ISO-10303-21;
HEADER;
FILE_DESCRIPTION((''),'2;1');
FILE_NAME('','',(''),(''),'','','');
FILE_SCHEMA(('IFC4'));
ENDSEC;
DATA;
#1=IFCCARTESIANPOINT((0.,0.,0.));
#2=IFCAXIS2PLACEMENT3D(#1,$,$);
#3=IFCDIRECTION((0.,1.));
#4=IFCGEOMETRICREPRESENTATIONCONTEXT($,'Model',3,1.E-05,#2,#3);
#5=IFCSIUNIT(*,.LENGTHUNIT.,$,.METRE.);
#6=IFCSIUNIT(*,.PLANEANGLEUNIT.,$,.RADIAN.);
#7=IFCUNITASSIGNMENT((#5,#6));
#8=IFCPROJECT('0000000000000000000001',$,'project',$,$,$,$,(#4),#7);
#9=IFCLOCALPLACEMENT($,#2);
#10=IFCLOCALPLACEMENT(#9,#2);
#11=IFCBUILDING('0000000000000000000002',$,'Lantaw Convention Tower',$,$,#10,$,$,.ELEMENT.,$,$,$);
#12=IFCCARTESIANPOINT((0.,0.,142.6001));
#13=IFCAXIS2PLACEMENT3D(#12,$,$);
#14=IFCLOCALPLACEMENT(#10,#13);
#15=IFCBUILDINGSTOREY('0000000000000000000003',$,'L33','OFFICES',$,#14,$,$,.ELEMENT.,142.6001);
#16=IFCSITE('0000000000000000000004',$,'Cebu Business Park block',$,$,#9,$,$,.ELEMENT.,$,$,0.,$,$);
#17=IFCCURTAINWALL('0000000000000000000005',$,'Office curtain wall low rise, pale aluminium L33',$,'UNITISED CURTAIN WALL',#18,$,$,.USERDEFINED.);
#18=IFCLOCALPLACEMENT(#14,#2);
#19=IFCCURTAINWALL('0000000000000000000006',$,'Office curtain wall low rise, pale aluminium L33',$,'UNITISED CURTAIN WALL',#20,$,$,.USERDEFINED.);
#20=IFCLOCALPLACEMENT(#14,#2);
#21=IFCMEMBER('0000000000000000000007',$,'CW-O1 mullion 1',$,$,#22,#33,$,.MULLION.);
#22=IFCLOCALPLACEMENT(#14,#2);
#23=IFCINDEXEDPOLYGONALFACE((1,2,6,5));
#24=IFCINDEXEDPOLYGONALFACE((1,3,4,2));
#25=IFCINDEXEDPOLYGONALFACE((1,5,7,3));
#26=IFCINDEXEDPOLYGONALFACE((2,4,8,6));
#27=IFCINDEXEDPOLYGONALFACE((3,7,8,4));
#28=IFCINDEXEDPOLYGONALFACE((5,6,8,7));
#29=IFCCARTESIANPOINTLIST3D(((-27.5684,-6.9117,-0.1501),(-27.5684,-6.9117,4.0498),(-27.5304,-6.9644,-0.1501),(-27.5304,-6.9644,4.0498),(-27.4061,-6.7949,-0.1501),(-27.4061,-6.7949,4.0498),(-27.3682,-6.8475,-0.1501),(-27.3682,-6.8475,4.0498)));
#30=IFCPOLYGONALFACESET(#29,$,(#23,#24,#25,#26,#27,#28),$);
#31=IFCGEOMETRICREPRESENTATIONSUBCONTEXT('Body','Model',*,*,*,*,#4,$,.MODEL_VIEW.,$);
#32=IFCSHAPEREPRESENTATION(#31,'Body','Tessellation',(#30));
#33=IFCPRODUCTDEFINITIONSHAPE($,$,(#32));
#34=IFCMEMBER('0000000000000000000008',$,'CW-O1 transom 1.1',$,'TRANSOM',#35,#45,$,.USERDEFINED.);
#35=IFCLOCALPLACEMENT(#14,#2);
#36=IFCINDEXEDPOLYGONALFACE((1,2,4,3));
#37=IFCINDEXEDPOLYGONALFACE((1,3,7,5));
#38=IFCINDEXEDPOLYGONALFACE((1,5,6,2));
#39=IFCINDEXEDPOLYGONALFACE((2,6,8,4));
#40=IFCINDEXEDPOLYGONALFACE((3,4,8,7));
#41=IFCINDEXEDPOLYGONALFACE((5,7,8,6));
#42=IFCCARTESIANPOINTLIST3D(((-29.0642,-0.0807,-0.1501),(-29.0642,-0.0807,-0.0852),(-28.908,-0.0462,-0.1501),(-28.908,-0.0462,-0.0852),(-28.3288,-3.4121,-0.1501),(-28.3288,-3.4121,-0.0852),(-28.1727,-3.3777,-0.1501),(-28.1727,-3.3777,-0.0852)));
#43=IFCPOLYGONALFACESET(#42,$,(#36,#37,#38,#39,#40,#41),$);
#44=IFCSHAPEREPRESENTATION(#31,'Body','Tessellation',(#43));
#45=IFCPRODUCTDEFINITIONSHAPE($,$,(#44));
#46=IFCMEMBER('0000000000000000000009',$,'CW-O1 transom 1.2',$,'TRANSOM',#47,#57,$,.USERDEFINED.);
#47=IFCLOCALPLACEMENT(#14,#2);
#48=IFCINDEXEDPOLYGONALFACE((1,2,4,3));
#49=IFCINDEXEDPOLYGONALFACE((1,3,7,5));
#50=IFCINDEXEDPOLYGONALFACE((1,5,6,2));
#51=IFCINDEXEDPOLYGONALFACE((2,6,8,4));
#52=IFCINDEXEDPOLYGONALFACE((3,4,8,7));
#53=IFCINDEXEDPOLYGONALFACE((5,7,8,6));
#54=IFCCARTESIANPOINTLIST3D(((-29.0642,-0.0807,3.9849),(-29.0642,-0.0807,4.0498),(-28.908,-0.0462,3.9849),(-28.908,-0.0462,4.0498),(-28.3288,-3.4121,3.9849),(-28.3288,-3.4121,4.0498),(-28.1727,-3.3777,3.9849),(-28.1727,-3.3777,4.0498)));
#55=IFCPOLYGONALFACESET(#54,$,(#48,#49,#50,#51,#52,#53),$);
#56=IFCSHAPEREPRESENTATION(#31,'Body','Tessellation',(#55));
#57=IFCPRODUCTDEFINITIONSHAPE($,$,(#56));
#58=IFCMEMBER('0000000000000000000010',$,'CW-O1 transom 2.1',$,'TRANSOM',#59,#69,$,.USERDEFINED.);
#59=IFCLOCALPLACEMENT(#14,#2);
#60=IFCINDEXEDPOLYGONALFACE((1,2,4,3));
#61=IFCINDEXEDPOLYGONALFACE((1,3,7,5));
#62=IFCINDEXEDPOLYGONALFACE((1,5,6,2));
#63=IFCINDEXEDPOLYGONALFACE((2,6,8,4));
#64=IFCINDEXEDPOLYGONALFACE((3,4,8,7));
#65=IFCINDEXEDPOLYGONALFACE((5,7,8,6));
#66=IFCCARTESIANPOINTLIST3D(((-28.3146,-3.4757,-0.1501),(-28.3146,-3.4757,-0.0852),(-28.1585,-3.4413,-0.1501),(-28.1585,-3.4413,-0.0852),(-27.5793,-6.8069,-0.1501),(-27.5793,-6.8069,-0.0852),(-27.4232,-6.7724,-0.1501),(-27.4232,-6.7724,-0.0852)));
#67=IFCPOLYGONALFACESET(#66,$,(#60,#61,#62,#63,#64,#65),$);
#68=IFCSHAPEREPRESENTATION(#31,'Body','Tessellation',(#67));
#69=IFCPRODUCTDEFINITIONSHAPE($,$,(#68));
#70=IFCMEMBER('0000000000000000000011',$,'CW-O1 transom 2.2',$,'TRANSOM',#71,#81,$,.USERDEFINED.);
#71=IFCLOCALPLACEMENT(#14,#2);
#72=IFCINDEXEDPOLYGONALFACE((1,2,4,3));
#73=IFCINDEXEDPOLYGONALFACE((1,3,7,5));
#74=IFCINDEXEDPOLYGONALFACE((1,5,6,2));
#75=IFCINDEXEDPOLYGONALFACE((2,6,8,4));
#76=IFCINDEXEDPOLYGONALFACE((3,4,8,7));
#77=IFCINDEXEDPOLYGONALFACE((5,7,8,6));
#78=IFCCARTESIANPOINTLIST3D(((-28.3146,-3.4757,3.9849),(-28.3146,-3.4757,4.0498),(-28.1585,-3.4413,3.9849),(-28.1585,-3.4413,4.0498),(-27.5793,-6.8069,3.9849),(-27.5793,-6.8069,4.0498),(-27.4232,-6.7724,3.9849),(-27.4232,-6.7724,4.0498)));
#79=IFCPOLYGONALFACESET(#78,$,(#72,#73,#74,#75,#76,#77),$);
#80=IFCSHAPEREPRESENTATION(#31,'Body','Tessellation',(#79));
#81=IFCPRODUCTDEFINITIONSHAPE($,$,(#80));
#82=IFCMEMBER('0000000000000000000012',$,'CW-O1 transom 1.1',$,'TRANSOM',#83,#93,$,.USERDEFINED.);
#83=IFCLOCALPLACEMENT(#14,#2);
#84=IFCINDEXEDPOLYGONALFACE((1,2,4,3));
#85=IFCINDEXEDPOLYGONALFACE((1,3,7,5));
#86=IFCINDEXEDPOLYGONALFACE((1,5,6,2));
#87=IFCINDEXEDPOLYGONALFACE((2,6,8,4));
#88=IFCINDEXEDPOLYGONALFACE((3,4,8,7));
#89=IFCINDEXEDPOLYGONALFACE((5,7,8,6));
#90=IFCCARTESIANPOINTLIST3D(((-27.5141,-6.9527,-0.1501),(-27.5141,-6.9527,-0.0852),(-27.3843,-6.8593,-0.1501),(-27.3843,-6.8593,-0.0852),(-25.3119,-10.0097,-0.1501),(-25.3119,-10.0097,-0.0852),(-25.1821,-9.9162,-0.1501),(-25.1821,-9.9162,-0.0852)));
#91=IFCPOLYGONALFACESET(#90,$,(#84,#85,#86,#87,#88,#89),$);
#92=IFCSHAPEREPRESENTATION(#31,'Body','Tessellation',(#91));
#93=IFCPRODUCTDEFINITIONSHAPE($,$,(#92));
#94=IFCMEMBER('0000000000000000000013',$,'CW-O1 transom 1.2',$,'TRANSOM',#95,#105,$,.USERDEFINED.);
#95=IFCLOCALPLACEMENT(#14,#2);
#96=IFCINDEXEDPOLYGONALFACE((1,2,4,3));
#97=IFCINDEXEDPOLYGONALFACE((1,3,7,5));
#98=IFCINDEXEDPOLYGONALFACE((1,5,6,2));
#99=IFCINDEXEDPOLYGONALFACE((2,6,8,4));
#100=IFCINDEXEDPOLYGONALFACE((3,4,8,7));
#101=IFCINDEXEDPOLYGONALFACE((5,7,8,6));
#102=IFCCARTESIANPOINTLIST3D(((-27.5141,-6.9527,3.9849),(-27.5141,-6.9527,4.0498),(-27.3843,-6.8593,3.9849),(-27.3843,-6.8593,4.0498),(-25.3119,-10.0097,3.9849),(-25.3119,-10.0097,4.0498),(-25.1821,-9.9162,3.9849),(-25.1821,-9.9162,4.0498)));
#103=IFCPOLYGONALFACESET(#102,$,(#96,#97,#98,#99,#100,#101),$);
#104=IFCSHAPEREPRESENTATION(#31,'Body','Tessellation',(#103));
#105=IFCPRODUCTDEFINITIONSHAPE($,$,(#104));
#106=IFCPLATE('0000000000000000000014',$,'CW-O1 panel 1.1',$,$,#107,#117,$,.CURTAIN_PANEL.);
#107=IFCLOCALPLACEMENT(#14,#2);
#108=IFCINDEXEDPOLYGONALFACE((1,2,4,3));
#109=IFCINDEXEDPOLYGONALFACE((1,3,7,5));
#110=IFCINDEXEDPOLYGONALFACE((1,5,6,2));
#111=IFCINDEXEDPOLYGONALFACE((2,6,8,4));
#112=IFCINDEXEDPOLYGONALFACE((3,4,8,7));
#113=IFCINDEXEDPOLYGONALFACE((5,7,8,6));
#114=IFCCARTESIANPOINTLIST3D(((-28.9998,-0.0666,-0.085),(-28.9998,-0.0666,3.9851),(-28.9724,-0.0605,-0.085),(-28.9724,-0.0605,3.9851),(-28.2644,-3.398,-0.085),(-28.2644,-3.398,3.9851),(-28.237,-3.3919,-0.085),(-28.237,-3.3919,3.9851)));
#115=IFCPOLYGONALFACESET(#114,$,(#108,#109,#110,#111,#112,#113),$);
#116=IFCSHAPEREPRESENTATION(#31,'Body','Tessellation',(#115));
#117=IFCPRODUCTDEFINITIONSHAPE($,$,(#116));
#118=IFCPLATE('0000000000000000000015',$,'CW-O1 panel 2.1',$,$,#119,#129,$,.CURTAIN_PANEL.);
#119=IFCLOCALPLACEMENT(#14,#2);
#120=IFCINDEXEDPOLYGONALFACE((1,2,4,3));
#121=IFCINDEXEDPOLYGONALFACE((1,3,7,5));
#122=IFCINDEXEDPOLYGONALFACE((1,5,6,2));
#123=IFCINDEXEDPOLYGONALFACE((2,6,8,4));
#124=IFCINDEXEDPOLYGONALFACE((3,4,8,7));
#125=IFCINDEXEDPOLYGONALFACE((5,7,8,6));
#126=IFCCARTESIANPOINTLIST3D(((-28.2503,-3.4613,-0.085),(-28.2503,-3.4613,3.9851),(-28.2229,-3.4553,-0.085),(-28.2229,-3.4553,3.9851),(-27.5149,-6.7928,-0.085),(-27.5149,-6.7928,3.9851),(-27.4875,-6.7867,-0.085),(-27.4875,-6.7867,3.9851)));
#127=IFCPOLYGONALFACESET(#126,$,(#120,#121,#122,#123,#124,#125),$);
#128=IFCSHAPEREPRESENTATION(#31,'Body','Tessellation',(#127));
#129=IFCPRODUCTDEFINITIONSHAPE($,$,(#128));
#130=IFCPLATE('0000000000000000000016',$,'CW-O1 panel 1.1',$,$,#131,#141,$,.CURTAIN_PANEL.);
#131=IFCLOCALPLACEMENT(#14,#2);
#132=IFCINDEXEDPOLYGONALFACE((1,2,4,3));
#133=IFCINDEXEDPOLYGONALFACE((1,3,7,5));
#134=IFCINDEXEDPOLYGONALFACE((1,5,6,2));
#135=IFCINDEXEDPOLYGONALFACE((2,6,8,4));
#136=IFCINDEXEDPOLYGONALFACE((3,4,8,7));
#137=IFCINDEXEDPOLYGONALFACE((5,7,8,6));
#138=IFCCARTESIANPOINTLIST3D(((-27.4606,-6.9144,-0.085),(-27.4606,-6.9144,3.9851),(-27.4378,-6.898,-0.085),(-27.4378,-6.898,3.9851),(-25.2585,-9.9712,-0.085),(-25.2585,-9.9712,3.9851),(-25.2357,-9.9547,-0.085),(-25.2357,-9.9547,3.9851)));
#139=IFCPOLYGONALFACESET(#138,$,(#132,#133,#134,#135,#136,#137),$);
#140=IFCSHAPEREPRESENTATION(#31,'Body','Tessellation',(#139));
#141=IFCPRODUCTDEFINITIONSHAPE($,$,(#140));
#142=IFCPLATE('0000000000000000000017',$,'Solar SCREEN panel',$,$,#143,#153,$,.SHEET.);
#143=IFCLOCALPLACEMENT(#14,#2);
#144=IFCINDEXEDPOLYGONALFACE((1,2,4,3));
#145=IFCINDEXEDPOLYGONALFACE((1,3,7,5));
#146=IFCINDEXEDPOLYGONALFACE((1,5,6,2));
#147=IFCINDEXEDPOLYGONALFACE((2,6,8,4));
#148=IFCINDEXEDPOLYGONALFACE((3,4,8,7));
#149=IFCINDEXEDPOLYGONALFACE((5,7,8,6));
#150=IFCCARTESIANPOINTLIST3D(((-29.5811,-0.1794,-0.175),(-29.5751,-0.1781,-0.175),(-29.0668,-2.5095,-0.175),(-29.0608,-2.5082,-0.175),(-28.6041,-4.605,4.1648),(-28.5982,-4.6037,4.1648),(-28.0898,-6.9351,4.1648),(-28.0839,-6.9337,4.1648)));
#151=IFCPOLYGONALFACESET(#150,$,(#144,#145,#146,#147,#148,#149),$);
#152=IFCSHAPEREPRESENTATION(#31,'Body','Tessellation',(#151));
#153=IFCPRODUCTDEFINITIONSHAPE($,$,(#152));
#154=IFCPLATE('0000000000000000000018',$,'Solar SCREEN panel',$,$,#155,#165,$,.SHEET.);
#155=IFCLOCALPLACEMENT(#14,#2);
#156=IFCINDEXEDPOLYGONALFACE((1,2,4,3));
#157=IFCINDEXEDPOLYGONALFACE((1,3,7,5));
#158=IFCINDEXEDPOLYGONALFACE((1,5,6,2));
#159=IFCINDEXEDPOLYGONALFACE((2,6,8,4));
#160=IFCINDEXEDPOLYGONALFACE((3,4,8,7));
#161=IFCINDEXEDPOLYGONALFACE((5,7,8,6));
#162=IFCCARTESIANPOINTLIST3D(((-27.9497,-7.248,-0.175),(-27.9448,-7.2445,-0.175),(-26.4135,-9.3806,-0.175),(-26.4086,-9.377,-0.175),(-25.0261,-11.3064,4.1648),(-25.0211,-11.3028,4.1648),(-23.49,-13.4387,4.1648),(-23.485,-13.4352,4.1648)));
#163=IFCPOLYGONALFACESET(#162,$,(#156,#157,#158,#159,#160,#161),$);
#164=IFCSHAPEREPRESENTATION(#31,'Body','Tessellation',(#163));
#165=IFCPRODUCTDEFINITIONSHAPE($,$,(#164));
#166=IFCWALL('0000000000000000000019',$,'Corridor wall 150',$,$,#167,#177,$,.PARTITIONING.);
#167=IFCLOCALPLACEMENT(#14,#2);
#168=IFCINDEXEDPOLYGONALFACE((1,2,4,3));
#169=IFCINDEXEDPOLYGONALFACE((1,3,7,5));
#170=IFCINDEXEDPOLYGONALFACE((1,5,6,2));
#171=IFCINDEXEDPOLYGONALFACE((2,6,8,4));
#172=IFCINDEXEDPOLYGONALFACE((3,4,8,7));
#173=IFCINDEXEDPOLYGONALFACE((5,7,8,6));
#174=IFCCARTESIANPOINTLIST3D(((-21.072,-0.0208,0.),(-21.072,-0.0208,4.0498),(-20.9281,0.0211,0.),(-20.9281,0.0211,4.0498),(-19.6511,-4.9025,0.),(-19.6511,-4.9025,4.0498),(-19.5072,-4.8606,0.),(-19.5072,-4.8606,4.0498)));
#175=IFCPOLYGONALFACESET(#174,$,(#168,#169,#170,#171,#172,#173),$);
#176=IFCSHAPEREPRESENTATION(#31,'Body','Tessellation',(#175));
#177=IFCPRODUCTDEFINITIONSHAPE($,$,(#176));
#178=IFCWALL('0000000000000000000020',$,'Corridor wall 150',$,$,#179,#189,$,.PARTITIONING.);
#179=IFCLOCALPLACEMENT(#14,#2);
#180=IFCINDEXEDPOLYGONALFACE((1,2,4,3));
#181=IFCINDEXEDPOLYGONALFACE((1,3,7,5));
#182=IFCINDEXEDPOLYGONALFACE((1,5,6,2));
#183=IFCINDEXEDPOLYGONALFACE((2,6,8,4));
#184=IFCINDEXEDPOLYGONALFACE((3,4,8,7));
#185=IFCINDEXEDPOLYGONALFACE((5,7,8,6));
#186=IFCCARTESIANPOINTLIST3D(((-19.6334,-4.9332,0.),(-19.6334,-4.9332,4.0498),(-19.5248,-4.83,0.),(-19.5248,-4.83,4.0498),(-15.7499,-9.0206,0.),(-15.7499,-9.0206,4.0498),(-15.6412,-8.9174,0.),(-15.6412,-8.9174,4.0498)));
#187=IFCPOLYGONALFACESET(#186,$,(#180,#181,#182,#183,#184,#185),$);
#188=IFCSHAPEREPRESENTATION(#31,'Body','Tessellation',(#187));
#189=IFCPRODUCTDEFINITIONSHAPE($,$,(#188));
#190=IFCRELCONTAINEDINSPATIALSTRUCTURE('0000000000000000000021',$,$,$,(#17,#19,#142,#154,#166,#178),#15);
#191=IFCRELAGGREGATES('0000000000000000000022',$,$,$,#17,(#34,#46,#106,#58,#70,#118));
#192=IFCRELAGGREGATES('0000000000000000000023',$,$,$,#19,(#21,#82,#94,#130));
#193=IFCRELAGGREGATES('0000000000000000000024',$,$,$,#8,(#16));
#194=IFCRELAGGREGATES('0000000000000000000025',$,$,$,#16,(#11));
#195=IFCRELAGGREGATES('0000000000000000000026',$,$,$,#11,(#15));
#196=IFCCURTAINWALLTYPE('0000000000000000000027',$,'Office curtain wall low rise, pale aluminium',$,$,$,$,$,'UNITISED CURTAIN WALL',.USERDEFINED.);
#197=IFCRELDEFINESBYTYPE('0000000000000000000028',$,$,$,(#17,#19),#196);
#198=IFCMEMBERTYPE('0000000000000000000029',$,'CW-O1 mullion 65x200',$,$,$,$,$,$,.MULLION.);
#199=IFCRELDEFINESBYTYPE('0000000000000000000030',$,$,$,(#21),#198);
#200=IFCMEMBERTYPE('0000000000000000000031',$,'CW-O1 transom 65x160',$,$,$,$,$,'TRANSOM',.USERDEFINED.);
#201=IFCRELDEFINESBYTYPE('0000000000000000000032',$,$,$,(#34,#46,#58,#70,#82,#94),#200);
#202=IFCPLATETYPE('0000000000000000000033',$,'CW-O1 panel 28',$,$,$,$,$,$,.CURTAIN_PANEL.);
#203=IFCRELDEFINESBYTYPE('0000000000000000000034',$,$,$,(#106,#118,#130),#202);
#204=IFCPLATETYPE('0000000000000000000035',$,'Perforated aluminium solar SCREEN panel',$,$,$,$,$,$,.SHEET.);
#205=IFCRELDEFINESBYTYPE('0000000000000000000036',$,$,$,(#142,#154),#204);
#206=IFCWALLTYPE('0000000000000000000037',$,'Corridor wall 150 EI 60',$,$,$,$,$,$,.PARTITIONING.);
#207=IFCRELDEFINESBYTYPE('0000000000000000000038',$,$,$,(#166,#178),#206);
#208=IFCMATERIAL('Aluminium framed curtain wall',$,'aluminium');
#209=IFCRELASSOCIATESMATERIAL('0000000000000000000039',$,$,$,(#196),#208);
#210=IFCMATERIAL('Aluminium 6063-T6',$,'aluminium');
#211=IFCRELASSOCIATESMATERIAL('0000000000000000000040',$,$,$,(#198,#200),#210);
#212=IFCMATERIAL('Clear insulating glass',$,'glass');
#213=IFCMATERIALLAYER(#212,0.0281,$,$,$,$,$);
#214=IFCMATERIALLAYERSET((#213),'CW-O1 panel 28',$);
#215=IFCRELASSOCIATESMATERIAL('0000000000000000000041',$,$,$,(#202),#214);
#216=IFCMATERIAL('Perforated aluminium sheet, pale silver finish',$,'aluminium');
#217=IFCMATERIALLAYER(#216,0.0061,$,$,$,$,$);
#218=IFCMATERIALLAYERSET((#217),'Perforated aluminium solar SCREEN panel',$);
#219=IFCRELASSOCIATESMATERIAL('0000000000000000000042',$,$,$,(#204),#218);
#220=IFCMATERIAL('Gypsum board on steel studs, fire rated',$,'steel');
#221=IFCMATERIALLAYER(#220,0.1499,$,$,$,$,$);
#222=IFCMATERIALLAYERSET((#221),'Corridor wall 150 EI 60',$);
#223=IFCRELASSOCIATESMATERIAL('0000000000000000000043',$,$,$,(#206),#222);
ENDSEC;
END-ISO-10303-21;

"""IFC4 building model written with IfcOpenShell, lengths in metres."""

from ifc_helpers import new_model, si_unit, direction, frame, frame_2d, origin, origin_2d, place, context, subcontext, project, spatial, polyline, rectangle, outline, extrude, material, layer, layer_set, material_profile, profile_set, type_object, element, aggregate, save


model = new_model("IFC4")

# Units and contexts
model_context = context("Model", 3, precision=1e-05, world=origin(), true_north=direction((0.0, 1.0)))
body_context = subcontext(model_context, "Body", "Model", "MODEL_VIEW")
ifc_project = project(units=[si_unit("LENGTHUNIT", "METRE"), si_unit("PLANEANGLEUNIT", "RADIAN")], contexts=[model_context])

# Site, building, storey
site_placement = place(None, origin())
site = spatial("IfcSite", under=ifc_project, at=site_placement, Name="Cebu Business Park block", CompositionType="ELEMENT", RefElevation=0.0)
building_placement = place(site_placement, origin())
building = spatial("IfcBuilding", under=site, at=building_placement, Name="Lantaw Convention Tower", CompositionType="ELEMENT")
storey_placement = place(building_placement, frame((0.0, 0.0, 142.6001)))
storey = spatial("IfcBuildingStorey", under=building, at=storey_placement, Name="L33", Description="OFFICES", CompositionType="ELEMENT", Elevation=142.6001)

# Curtain wall
ifc_material_1 = material(Name="Aluminium framed curtain wall", Category="aluminium")
curtain_wall_type = type_object("IfcCurtainWallType", Name="Office curtain wall low rise, pale aluminium", ElementType="UNITISED CURTAIN WALL", PredefinedType="USERDEFINED", material=ifc_material_1)
curtain_wall_1_placement = place(storey_placement, origin())
curtain_wall_1 = element("IfcCurtainWall", 1, at=curtain_wall_1_placement, inside=storey, type_object=curtain_wall_type, Name="Office curtain wall low rise, pale aluminium L33", ObjectType="UNITISED CURTAIN WALL", PredefinedType="USERDEFINED")
ifc_material_2 = material(Name="Aluminium 6063-T6", Category="aluminium")
ifc_material_profile_1 = material_profile(ifc_material_2, rectangle(XDim=0.2, YDim=0.0649, at=origin_2d()), Name="CW-O1 mullion 65x200")
ifc_profile_set_1 = profile_set([ifc_material_profile_1], Name="Aluminium 6063-T6")
member_type_1 = type_object("IfcMemberType", Name="CW-O1 mullion 65x200", PredefinedType="MULLION", material=ifc_profile_set_1)

# Curtain wall, member
curtain_wall_2_placement = place(storey_placement, origin())
curtain_wall_2 = element("IfcCurtainWall", 2, at=curtain_wall_2_placement, inside=storey, type_object=curtain_wall_type, Name="Office curtain wall low rise, pale aluminium L33", ObjectType="UNITISED CURTAIN WALL", PredefinedType="USERDEFINED")
member_1_placement = place(storey_placement, frame((-27.4683, -6.8796, -0.1501), z_axis=(0.0, 0.0, 1.0), x_axis=(0.811385, 0.584513, 0.0)))
member_1 = element("IfcMember", 3, at=member_1_placement, type_object=member_type_1, Name="CW-O1 mullion 1", PredefinedType="MULLION", context=body_context, shape_type="SweptSolid", body=[
    extrude(rectangle(XDim=0.2, YDim=0.0649, at=origin_2d()), origin(), (0.0, 0.0, 1.0), 4.2),
])

# Members
ifc_material_profile_2 = material_profile(ifc_material_2, rectangle(XDim=0.1599, YDim=0.0649, at=origin_2d()), Name="CW-O1 transom 65x160")
ifc_profile_set_2 = profile_set([ifc_material_profile_2], Name="Aluminium 6063-T6")
member_type_2 = type_object("IfcMemberType", Name="CW-O1 transom 65x160", ElementType="TRANSOM", PredefinedType="USERDEFINED", material=ifc_profile_set_2)
member_2_placement = place(storey_placement, frame((-28.9861, -0.0635, -0.1177), z_axis=(0.215536, -0.976496, 0.0), x_axis=(0.976496, 0.215536, 0.0)))
member_2 = element("IfcMember", 4, at=member_2_placement, type_object=member_type_2, Name="CW-O1 transom 1.1", ObjectType="TRANSOM", PredefinedType="USERDEFINED", context=body_context, shape_type="SweptSolid", body=[
    extrude(rectangle(XDim=0.1599, YDim=0.0649, at=origin_2d()), origin(), (0.0, 0.0, 1.0), 3.4116),
])
member_3_placement = place(storey_placement, frame((-28.9861, -0.0635, 4.0173), z_axis=(0.215536, -0.976496, 0.0), x_axis=(0.976496, 0.215536, 0.0)))
member_3 = element("IfcMember", 5, at=member_3_placement, type_object=member_type_2, Name="CW-O1 transom 1.2", ObjectType="TRANSOM", PredefinedType="USERDEFINED", context=body_context, shape_type="SweptSolid", body=[
    extrude(rectangle(XDim=0.1599, YDim=0.0649, at=origin_2d()), origin(), (0.0, 0.0, 1.0), 3.4116),
])
member_4_placement = place(storey_placement, frame((-28.2366, -3.4585, -0.1177), z_axis=(0.215551, -0.976493, 0.0), x_axis=(0.976493, 0.215551, 0.0)))
member_4 = element("IfcMember", 6, at=member_4_placement, type_object=member_type_2, Name="CW-O1 transom 2.1", ObjectType="TRANSOM", PredefinedType="USERDEFINED", context=body_context, shape_type="SweptSolid", body=[
    extrude(rectangle(XDim=0.1599, YDim=0.0649, at=origin_2d()), origin(), (0.0, 0.0, 1.0), 3.4114),
])
member_5_placement = place(storey_placement, frame((-28.2366, -3.4585, 4.0173), z_axis=(0.215551, -0.976493, 0.0), x_axis=(0.976493, 0.215551, 0.0)))
member_5 = element("IfcMember", 7, at=member_5_placement, type_object=member_type_2, Name="CW-O1 transom 2.2", ObjectType="TRANSOM", PredefinedType="USERDEFINED", context=body_context, shape_type="SweptSolid", body=[
    extrude(rectangle(XDim=0.1599, YDim=0.0649, at=origin_2d()), origin(), (0.0, 0.0, 1.0), 3.4114),
])
member_6_placement = place(storey_placement, frame((-27.4492, -6.906, -0.1177), z_axis=(0.584513, -0.811384, 0.0), x_axis=(0.811384, 0.584513, 0.0)))
member_6 = element("IfcMember", 8, at=member_6_placement, type_object=member_type_2, Name="CW-O1 transom 1.1", ObjectType="TRANSOM", PredefinedType="USERDEFINED", context=body_context, shape_type="SweptSolid", body=[
    extrude(rectangle(XDim=0.1599, YDim=0.0649, at=origin_2d()), origin(), (0.0, 0.0, 1.0), 3.7676),
])
member_7_placement = place(storey_placement, frame((-27.4492, -6.906, 4.0173), z_axis=(0.584513, -0.811384, 0.0), x_axis=(0.811384, 0.584513, 0.0)))
member_7 = element("IfcMember", 9, at=member_7_placement, type_object=member_type_2, Name="CW-O1 transom 1.2", ObjectType="TRANSOM", PredefinedType="USERDEFINED", context=body_context, shape_type="SweptSolid", body=[
    extrude(rectangle(XDim=0.1599, YDim=0.0649, at=origin_2d()), origin(), (0.0, 0.0, 1.0), 3.7676),
])

# Plates
ifc_material_3 = material(Name="Clear insulating glass", Category="glass")
ifc_layer_1 = layer(ifc_material_3, 0.0281)
ifc_layer_set_1 = layer_set([ifc_layer_1], Name="CW-O1 panel 28")
plate_type_1 = type_object("IfcPlateType", Name="CW-O1 panel 28", PredefinedType="CURTAIN_PANEL", material=ifc_layer_set_1)
plate_1_placement = place(storey_placement, frame((-28.6184, -1.7292, -0.085), z_axis=(0.0, 0.0, 1.0), x_axis=(0.215546, -0.976494, 0.0)))
plate_1 = element("IfcPlate", 10, at=plate_1_placement, type_object=plate_type_1, Name="CW-O1 panel 1.1", PredefinedType="CURTAIN_PANEL", context=body_context, shape_type="SweptSolid", body=[
    extrude(rectangle(XDim=3.4116, YDim=0.0281, at=origin_2d()), origin(), (0.0, 0.0, 1.0), 4.0701),
])
plate_2_placement = place(storey_placement, frame((-27.8689, -5.124, -0.085), z_axis=(0.0, 0.0, 1.0), x_axis=(0.215546, -0.976494, 0.0)))
plate_2 = element("IfcPlate", 11, at=plate_2_placement, type_object=plate_type_1, Name="CW-O1 panel 2.1", PredefinedType="CURTAIN_PANEL", context=body_context, shape_type="SweptSolid", body=[
    extrude(rectangle(XDim=3.4116, YDim=0.0281, at=origin_2d()), origin(), (0.0, 0.0, 1.0), 4.0701),
])
aggregate(curtain_wall_1, [member_2, member_3, plate_1, member_4, member_5, plate_2])
plate_3_placement = place(storey_placement, frame((-26.3481, -8.4346, -0.085), z_axis=(0.0, 0.0, 1.0), x_axis=(0.584513, -0.811385, 0.0)))
plate_3 = element("IfcPlate", 12, at=plate_3_placement, type_object=plate_type_1, Name="CW-O1 panel 1.1", PredefinedType="CURTAIN_PANEL", context=body_context, shape_type="SweptSolid", body=[
    extrude(rectangle(XDim=3.7673, YDim=0.0281, at=origin_2d()), origin(), (0.0, 0.0, 1.0), 4.0701),
])
aggregate(curtain_wall_2, [member_1, member_6, member_7, plate_3])

# Plates
ifc_material_4 = material(Name="Perforated aluminium sheet, pale silver finish", Category="aluminium")
ifc_layer_2 = layer(ifc_material_4, 0.0061)
ifc_layer_set_2 = layer_set([ifc_layer_2], Name="Perforated aluminium solar SCREEN panel")
plate_type_2 = type_object("IfcPlateType", Name="Perforated aluminium solar SCREEN panel", PredefinedType="SHEET", material=ifc_layer_set_2)
plate_4_placement = place(storey_placement, frame((-29.5811, -0.1794, -0.175), z_axis=(-0.976498, -0.215527, 0.000033), x_axis=(0.215527, -0.976498, 0.0)))
element("IfcPlate", 13, at=plate_4_placement, inside=storey, type_object=plate_type_2, Name="Solar SCREEN panel", PredefinedType="SHEET", context=body_context, shape_type="SweptSolid", body=[
    extrude(outline(polyline([(0.0, 0.0), (2.3862, 0.0), (6.9182, 4.3398), (4.5321, 4.3398), (0.0, 0.0)])), origin(), (0.0, 0.0, -1.0), 0.0061),
])
plate_5_placement = place(storey_placement, frame((-27.9497, -7.248, -0.175), z_axis=(-0.811395, -0.584498, 0.000036), x_axis=(0.584498, -0.811395, 0.0)))
element("IfcPlate", 14, at=plate_5_placement, inside=storey, type_object=plate_type_2, Name="Solar SCREEN panel", PredefinedType="SHEET", context=body_context, shape_type="SweptSolid", body=[
    extrude(outline(polyline([(0.0, 0.0), (2.6282, 0.0), (7.6298, 4.3398), (5.0018, 4.3398), (0.0, 0.0)])), origin(), (0.0, 0.0, -1.0), 0.0061),
])

# Walls
ifc_material_5 = material(Name="Gypsum board on steel studs, fire rated", Category="steel")
ifc_layer_3 = layer(ifc_material_5, 0.1499)
ifc_layer_set_3 = layer_set([ifc_layer_3], Name="Corridor wall 150 EI 60")
wall_type = type_object("IfcWallType", Name="Corridor wall 150 EI 60", PredefinedType="PARTITIONING", material=ifc_layer_set_3)
wall_1_placement = place(storey_placement, frame((-21.0, 0.0, 0.0), z_axis=(0.0, 0.0, 1.0), x_axis=(0.279474, -0.960153, 0.0)))
element("IfcWall", 15, at=wall_1_placement, inside=storey, type_object=wall_type, Name="Corridor wall 150", PredefinedType="PARTITIONING", context=body_context, shape_type="SweptSolid", body=[
    extrude(rectangle(XDim=5.0842, YDim=0.1499, at=frame_2d((2.542, 0.0))), origin(), (0.0, 0.0, 1.0), 4.0498),
])
wall_2_placement = place(storey_placement, frame((-19.5791, -4.8816, 0.0), z_axis=(0.0, 0.0, 1.0), x_axis=(0.688797, -0.724954, 0.0)))
element("IfcWall", 16, at=wall_2_placement, inside=storey, type_object=wall_type, Name="Corridor wall 150", PredefinedType="PARTITIONING", context=body_context, shape_type="SweptSolid", body=[
    extrude(rectangle(XDim=5.6382, YDim=0.1499, at=frame_2d((2.8191, 0.0))), origin(), (0.0, 0.0, 1.0), 4.0498),
])

save(model, "model.ifc")
